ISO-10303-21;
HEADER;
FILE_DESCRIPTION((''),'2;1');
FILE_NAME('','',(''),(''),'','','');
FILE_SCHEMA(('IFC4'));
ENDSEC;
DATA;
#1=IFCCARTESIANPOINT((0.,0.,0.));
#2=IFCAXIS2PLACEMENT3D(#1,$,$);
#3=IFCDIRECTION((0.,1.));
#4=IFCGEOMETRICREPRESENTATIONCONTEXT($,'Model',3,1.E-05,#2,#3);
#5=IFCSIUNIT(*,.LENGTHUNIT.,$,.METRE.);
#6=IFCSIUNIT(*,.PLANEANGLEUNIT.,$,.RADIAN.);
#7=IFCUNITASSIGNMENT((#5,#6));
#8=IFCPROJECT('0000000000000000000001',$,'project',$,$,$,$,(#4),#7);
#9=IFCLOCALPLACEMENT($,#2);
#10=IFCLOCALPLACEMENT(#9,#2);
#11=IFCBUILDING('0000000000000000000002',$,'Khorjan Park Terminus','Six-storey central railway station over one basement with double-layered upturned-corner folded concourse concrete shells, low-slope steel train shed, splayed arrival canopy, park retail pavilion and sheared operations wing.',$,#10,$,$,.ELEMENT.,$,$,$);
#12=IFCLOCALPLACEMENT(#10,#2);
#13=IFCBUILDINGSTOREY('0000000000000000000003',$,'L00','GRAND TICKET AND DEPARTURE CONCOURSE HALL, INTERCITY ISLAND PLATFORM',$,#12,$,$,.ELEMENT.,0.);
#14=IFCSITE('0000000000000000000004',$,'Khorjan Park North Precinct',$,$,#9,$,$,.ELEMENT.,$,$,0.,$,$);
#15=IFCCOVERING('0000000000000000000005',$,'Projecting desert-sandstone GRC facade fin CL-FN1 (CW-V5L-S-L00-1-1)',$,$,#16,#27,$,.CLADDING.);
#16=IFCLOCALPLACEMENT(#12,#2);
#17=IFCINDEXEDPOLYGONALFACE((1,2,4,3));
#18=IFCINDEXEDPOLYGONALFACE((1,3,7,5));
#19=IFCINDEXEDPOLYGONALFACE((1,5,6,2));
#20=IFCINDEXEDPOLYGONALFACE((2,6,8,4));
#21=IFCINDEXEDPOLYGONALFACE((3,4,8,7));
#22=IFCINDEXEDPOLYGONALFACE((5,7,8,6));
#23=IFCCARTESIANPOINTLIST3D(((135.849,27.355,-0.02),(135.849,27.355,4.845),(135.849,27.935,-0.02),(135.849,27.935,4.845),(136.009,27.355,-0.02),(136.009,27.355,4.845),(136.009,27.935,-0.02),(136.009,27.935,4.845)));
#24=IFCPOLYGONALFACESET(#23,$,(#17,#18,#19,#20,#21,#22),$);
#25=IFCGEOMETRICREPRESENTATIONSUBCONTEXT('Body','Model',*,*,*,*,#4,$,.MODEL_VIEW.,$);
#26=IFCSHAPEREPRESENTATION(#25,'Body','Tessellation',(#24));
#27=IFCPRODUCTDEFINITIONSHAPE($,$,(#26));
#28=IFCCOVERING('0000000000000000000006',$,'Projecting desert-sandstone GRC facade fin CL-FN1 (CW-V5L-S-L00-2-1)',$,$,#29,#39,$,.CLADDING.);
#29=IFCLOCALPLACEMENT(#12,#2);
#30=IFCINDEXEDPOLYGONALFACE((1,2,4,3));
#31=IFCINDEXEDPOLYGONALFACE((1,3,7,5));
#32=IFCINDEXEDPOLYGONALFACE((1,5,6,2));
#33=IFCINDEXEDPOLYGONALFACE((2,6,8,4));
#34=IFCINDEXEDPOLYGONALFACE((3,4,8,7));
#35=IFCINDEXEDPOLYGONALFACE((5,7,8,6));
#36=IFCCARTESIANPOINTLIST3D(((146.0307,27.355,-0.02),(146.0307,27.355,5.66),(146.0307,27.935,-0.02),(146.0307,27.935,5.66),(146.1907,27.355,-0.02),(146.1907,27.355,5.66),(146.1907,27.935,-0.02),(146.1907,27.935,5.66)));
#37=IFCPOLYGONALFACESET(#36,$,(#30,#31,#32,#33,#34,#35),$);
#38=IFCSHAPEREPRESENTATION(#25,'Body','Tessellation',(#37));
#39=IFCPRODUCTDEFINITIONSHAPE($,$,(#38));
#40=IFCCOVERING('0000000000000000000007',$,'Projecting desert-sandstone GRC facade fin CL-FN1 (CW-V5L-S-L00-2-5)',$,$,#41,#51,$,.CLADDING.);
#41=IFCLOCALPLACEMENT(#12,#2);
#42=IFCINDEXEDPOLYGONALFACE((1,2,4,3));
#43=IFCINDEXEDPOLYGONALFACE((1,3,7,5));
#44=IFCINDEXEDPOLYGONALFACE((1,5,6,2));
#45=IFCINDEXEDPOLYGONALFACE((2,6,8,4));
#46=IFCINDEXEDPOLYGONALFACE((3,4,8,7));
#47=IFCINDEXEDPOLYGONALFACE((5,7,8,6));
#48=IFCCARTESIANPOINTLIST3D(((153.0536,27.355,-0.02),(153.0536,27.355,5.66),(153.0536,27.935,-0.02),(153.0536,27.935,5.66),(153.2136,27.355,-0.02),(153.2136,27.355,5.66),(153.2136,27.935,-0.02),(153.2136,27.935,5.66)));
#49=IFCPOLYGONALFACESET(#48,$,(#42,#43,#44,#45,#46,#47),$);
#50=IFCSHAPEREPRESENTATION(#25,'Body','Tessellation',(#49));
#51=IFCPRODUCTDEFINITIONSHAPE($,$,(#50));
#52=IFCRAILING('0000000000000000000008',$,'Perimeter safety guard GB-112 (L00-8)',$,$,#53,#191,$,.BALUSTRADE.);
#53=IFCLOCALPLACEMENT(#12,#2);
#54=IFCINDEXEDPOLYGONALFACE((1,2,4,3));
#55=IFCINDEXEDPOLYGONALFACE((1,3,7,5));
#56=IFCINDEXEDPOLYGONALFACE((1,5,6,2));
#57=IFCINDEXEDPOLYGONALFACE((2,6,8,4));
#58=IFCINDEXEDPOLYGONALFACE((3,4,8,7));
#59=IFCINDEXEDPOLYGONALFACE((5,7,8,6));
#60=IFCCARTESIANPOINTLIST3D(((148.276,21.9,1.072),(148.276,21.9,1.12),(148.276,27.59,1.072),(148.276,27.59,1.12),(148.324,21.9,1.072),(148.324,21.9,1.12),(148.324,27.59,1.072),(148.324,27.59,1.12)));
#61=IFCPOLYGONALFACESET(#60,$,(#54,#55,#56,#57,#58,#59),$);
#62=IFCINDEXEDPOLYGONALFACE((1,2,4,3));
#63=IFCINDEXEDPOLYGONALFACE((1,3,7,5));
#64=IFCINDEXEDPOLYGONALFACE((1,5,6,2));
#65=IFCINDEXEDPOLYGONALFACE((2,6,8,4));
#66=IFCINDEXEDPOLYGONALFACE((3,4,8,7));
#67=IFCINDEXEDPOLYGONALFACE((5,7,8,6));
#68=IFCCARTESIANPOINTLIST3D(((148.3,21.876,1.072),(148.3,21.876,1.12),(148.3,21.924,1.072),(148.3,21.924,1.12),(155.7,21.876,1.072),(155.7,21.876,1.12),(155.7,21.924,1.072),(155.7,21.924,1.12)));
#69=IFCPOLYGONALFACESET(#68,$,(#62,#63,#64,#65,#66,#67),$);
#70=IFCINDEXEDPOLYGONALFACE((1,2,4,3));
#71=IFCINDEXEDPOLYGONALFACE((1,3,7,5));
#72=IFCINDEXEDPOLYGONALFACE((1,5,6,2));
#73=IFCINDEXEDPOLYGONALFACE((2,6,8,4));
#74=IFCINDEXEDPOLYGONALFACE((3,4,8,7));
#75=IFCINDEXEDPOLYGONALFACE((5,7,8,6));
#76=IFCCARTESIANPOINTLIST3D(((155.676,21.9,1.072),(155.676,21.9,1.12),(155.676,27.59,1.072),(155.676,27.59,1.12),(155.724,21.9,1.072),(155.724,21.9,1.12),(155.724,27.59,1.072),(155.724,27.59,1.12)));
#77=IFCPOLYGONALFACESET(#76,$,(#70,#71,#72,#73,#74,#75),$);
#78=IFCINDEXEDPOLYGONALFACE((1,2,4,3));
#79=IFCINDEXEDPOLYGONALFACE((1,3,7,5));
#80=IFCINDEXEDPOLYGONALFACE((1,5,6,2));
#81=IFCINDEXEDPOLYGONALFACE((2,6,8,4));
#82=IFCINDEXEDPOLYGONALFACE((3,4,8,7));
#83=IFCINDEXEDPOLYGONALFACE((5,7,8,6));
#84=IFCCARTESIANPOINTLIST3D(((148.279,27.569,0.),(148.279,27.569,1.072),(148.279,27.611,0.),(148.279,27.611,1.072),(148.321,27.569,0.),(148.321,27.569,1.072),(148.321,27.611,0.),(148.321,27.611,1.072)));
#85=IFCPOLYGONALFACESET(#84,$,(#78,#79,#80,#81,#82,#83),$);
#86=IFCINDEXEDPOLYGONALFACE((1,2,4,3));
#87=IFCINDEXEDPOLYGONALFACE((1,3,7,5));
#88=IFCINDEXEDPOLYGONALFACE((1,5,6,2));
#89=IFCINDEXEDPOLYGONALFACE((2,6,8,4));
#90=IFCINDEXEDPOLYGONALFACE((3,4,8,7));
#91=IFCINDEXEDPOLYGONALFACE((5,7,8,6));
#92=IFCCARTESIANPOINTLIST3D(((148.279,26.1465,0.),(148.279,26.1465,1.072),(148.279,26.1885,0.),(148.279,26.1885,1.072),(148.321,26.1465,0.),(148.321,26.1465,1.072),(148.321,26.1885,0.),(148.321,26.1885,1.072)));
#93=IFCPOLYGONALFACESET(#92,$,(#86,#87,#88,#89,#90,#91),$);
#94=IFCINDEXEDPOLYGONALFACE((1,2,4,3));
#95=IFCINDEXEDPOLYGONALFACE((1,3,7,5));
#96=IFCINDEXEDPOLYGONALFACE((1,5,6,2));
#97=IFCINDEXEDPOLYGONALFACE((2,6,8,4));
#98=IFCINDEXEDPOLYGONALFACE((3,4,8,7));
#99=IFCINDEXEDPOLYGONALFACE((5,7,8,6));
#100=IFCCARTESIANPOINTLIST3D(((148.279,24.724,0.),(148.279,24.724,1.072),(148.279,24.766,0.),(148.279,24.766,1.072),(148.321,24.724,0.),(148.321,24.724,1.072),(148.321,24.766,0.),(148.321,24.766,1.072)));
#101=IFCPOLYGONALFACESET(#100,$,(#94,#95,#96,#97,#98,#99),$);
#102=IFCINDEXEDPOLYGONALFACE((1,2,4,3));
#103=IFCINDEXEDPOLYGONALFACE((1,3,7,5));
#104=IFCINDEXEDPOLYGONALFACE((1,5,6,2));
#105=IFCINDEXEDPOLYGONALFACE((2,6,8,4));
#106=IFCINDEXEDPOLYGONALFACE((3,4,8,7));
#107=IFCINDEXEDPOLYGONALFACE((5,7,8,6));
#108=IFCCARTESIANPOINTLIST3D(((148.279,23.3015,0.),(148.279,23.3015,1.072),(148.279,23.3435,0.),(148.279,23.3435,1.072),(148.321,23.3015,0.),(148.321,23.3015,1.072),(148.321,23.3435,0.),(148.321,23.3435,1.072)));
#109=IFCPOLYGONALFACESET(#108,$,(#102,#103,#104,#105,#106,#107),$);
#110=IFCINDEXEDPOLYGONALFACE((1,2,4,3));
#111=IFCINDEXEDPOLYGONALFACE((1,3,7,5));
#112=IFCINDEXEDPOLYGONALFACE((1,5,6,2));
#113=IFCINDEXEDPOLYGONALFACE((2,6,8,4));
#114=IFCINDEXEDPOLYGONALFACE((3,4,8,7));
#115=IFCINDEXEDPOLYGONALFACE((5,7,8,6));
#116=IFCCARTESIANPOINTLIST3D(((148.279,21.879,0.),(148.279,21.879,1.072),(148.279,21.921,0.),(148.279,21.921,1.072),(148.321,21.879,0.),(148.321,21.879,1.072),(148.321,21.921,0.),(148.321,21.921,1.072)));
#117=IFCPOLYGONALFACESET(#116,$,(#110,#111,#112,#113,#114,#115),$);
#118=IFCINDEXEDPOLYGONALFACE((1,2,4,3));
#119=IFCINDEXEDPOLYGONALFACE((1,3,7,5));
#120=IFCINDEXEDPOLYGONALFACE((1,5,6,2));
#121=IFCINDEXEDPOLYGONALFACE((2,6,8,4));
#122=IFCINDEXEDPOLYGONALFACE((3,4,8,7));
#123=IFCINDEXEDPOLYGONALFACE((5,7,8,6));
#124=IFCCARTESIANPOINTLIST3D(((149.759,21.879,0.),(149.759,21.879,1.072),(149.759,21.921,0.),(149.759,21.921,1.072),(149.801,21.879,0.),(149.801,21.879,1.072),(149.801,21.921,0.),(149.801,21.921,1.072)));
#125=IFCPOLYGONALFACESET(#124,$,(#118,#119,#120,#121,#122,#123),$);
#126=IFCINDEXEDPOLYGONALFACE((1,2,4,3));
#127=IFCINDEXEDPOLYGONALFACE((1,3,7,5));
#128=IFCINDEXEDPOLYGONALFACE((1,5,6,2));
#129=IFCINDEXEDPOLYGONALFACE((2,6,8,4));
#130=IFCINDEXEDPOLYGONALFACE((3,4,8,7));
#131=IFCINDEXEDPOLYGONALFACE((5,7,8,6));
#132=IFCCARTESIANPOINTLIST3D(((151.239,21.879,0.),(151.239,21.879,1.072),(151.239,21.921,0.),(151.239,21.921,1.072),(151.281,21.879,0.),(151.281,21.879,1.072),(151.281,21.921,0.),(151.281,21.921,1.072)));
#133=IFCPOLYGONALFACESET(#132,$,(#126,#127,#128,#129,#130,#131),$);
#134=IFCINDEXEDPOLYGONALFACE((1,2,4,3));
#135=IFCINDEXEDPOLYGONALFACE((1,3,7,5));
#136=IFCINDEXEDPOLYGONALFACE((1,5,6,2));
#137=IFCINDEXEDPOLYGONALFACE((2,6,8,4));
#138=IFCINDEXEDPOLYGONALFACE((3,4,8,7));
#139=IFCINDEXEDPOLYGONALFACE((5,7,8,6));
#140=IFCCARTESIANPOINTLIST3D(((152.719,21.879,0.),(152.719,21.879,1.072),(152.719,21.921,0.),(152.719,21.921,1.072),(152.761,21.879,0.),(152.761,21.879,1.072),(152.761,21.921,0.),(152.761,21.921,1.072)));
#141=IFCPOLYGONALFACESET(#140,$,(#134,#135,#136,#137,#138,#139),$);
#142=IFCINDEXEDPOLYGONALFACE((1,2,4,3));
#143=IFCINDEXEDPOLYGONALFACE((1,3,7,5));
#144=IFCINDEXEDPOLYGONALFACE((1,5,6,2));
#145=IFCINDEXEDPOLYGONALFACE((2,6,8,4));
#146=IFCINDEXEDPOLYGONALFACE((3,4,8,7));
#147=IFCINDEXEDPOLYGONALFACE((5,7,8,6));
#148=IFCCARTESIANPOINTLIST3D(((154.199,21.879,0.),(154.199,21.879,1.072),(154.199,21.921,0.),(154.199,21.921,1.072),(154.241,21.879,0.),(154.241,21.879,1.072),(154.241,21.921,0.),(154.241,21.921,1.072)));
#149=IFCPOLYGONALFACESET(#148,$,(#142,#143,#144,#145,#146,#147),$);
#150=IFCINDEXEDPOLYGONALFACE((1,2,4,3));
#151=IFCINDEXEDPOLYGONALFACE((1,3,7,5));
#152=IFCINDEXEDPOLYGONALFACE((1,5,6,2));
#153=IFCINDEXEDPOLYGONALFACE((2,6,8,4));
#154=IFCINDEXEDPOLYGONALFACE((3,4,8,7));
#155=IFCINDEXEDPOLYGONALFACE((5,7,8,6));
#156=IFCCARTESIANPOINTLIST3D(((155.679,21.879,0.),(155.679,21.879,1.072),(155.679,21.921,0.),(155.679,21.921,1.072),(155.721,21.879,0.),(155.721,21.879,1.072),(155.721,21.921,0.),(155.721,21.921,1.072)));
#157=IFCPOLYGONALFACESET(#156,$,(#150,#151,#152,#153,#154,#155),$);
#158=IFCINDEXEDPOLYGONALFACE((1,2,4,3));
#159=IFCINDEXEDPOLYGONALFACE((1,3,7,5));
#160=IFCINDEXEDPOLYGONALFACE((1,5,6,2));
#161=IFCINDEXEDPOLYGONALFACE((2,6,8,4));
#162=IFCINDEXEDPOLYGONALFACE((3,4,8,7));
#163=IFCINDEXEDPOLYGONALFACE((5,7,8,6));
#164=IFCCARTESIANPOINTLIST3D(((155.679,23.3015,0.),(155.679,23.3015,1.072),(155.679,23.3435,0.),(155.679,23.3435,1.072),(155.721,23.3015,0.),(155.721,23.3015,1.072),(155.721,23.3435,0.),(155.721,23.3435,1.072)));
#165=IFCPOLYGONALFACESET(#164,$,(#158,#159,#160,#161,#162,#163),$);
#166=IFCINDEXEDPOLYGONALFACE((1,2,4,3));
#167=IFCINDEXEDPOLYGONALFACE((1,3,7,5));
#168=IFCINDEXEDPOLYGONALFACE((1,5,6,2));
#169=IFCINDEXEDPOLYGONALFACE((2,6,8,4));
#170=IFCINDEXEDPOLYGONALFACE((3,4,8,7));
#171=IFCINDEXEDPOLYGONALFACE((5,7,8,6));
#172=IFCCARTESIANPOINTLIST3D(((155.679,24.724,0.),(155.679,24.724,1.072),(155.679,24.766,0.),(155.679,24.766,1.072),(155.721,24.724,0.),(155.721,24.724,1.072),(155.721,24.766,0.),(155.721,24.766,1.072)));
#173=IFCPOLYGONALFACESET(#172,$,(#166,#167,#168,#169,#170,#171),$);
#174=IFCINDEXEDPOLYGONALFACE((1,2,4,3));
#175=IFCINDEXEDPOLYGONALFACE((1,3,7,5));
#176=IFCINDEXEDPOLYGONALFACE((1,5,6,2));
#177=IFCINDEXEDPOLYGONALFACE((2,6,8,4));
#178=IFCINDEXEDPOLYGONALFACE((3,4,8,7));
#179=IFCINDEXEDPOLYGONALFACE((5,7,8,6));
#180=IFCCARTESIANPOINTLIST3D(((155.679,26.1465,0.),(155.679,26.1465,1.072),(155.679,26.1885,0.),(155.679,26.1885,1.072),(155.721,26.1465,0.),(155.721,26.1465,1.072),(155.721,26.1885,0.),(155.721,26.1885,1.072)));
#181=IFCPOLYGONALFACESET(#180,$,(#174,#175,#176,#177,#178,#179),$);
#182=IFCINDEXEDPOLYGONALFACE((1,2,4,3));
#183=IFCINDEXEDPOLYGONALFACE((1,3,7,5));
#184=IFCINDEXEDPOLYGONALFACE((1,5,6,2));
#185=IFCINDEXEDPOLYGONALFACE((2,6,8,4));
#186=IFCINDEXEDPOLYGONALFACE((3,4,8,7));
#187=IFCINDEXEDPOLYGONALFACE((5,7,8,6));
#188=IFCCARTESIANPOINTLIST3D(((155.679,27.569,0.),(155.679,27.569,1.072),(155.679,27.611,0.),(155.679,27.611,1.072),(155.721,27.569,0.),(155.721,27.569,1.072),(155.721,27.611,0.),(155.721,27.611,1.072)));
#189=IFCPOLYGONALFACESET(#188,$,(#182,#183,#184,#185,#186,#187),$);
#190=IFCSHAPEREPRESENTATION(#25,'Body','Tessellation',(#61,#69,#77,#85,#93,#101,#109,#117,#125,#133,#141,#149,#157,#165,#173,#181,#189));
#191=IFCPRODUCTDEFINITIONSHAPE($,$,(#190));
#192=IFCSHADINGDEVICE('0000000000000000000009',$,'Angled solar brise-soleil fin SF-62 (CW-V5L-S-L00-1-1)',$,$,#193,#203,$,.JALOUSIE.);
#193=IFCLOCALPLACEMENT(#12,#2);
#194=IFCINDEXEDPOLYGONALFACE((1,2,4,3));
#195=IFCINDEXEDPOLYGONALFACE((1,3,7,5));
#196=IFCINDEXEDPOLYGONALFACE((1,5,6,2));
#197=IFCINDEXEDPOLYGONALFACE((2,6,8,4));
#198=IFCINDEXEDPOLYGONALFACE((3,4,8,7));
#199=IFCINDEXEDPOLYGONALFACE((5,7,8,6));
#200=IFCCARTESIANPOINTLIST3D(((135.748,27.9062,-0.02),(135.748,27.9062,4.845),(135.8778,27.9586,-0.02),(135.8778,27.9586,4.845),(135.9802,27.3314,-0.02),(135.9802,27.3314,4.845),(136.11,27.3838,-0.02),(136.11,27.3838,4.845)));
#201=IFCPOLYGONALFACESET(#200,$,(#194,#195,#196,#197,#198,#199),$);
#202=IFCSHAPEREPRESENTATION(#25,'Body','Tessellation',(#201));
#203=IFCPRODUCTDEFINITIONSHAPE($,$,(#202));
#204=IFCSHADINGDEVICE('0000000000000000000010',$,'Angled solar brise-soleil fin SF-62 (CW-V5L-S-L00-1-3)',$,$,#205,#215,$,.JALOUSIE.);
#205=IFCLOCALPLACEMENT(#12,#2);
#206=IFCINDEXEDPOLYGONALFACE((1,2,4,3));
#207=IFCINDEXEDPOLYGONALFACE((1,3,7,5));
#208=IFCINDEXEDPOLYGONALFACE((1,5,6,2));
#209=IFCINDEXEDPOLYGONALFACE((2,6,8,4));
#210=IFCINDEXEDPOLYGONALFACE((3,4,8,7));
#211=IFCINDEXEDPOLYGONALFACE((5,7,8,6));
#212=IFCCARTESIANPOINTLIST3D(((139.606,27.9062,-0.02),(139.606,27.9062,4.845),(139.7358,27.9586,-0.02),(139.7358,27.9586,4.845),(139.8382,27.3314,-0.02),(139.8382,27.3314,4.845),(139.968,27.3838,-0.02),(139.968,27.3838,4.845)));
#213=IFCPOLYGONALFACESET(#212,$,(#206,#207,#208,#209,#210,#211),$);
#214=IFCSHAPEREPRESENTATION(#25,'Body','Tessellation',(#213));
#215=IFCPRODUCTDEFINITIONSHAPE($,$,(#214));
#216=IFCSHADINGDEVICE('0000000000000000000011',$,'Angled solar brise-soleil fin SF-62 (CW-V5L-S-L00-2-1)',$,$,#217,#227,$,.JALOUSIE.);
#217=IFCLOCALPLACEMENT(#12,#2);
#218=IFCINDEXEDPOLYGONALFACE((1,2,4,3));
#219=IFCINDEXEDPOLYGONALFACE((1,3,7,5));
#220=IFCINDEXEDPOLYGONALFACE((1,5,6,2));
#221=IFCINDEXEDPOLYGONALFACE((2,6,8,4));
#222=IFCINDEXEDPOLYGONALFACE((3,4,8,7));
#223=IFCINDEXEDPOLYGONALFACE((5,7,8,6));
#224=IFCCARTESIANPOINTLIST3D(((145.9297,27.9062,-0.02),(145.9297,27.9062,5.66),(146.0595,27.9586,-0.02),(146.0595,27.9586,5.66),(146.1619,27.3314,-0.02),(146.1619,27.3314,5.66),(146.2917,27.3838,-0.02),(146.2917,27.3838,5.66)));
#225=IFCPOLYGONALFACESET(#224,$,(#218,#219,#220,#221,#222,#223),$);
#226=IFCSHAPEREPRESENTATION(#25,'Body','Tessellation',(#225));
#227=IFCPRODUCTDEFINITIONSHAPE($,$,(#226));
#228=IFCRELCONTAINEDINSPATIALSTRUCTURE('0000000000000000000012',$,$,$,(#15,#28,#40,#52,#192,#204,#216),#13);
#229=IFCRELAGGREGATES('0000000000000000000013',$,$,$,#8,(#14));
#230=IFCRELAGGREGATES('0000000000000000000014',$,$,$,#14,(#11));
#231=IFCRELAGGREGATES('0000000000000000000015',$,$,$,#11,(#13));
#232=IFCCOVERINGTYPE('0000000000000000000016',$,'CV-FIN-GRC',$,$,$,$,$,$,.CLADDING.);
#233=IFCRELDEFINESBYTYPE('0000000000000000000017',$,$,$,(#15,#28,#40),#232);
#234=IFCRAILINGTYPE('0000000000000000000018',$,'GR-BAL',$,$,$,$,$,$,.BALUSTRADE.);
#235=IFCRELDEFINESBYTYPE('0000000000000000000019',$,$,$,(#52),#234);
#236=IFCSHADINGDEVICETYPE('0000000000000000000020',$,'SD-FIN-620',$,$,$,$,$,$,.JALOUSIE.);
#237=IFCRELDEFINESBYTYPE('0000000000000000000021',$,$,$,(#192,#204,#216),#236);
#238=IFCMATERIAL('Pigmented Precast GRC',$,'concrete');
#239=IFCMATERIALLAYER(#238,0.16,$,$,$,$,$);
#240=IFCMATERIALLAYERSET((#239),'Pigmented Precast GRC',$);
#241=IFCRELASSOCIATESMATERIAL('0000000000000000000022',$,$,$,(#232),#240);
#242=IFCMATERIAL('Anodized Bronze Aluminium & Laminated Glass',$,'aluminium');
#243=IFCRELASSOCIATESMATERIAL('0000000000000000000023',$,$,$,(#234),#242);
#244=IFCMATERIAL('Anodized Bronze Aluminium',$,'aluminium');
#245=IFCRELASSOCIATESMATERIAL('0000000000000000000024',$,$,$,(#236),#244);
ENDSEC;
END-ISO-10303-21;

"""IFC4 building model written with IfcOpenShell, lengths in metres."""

from ifc_helpers import new_model, si_unit, direction, frame, origin, origin_2d, place, context, subcontext, project, spatial, rectangle, extrude, material, layer, layer_set, type_object, element, save


model = new_model("IFC4")

# Units and contexts
model_context = context("Model", 3, precision=1e-05, world=origin(), true_north=direction((0.0, 1.0)))
body_context = subcontext(model_context, "Body", "Model", "MODEL_VIEW")
ifc_project = project(units=[si_unit("LENGTHUNIT", "METRE"), si_unit("PLANEANGLEUNIT", "RADIAN")], contexts=[model_context])

# Site, building, storey
site_placement = place(None, origin())
site = spatial("IfcSite", under=ifc_project, at=site_placement, Name="Khorjan Park North Precinct", CompositionType="ELEMENT", RefElevation=0.0)
building_placement = place(site_placement, origin())
building = spatial("IfcBuilding", under=site, at=building_placement, Name="Khorjan Park Terminus", Description="Six-storey central railway station over one basement with double-layered upturned-corner folded concourse concrete shells, low-slope steel train shed, splayed arrival canopy, park retail pavilion and sheared operations wing.", CompositionType="ELEMENT")
storey_placement = place(building_placement, origin())
storey = spatial("IfcBuildingStorey", under=building, at=storey_placement, Name="L00", Description="GRAND TICKET AND DEPARTURE CONCOURSE HALL, INTERCITY ISLAND PLATFORM", CompositionType="ELEMENT", Elevation=0.0)

# Shared definitions
ifc_material_1 = material(Name="Anodized Bronze Aluminium", Category="aluminium")

# Coverings
ifc_material_2 = material(Name="Pigmented Precast GRC", Category="concrete")
ifc_layer_1 = layer(ifc_material_2, 0.16)
ifc_layer_set_1 = layer_set([ifc_layer_1], Name="Pigmented Precast GRC")
covering_type = type_object("IfcCoveringType", Name="CV-FIN-GRC", PredefinedType="CLADDING", material=ifc_layer_set_1)
covering_placement = place(storey_placement, frame((135.929, 27.645, -0.02), z_axis=(0.0, 0.0, 1.0), x_axis=(0.0, 1.0, 0.0)))
element("IfcCovering", 1, at=covering_placement, inside=storey, type_object=covering_type, Name="Projecting desert-sandstone GRC facade fin CL-FN1 (CW-V5L-S-L00-1-1)", PredefinedType="CLADDING", context=body_context, shape_type="SweptSolid", body=[
    extrude(rectangle(XDim=0.58, YDim=0.16, at=origin_2d()), origin(), (0.0, 0.0, 1.0), 4.865),
])
for number, where, z_axis, x_axis, name in (
    (2, (146.1107, 27.645, -0.02), (0.0, 0.0, 1.0), (0.0, 1.0, 0.0), "Projecting desert-sandstone GRC facade fin CL-FN1 (CW-V5L-S-L00-2-1)"),
    (3, (153.1336, 27.645, -0.02), (0.0, 0.0, 1.0), (0.0, 1.0, 0.0), "Projecting desert-sandstone GRC facade fin CL-FN1 (CW-V5L-S-L00-2-5)"),
):
    element("IfcCovering", number, at=place(storey_placement, frame(where, z_axis=z_axis, x_axis=x_axis)), inside=storey, type_object=covering_type, Name=name, PredefinedType="CLADDING", context=body_context, shape_type="SweptSolid", body=[
        extrude(rectangle(XDim=0.58, YDim=0.16, at=origin_2d()), origin(), (0.0, 0.0, 1.0), 5.68),
    ])

# Railing
ifc_material_3 = material(Name="Anodized Bronze Aluminium & Laminated Glass", Category="aluminium")
railing_type = type_object("IfcRailingType", Name="GR-BAL", PredefinedType="BALUSTRADE", material=ifc_material_3)
railing_placement = place(storey_placement, frame((148.3, 27.59, 0.0)))
element("IfcRailing", 4, at=railing_placement, inside=storey, type_object=railing_type, Name="Perimeter safety guard GB-112 (L00-8)", PredefinedType="BALUSTRADE", context=body_context, shape_type="SweptSolid", body=[
    extrude(rectangle(XDim=0.048, YDim=0.048, at=origin_2d()), frame((0.0, 0.0, 1.096), z_axis=(0.0, -1.0, 0.0), x_axis=(1.0, 0.0, 0.0)), (0.0, 0.0, 1.0), 5.69),
    extrude(rectangle(XDim=0.048, YDim=0.048, at=origin_2d()), frame((0.0, -5.69, 1.096), z_axis=(1.0, 0.0, 0.0), x_axis=(0.0, 1.0, 0.0)), (0.0, 0.0, 1.0), 7.4),
    extrude(rectangle(XDim=0.048, YDim=0.048, at=origin_2d()), frame((7.4, -5.69, 1.096), z_axis=(0.0, 1.0, 0.0), x_axis=(-1.0, 0.0, 0.0)), (0.0, 0.0, 1.0), 5.69),
    extrude(rectangle(XDim=0.042, YDim=0.042, at=origin_2d()), origin(), (0.0, 0.0, 1.0), 1.072),
    extrude(rectangle(XDim=0.042, YDim=0.042, at=origin_2d()), frame((0.0, -1.4225, 0.0)), (0.0, 0.0, 1.0), 1.072),
    extrude(rectangle(XDim=0.042, YDim=0.042, at=origin_2d()), frame((0.0, -2.845, 0.0)), (0.0, 0.0, 1.0), 1.072),
    extrude(rectangle(XDim=0.042, YDim=0.042, at=origin_2d()), frame((0.0, -4.2675, 0.0)), (0.0, 0.0, 1.0), 1.072),
    extrude(rectangle(XDim=0.042, YDim=0.042, at=origin_2d()), frame((0.0, -5.69, 0.0)), (0.0, 0.0, 1.0), 1.072),
    extrude(rectangle(XDim=0.042, YDim=0.042, at=origin_2d()), frame((1.48, -5.69, 0.0)), (0.0, 0.0, 1.0), 1.072),
    extrude(rectangle(XDim=0.042, YDim=0.042, at=origin_2d()), frame((2.96, -5.69, 0.0)), (0.0, 0.0, 1.0), 1.072),
    extrude(rectangle(XDim=0.042, YDim=0.042, at=origin_2d()), frame((4.44, -5.69, 0.0)), (0.0, 0.0, 1.0), 1.072),
    extrude(rectangle(XDim=0.042, YDim=0.042, at=origin_2d()), frame((5.92, -5.69, 0.0)), (0.0, 0.0, 1.0), 1.072),
    extrude(rectangle(XDim=0.042, YDim=0.042, at=origin_2d()), frame((7.4, -5.69, 0.0)), (0.0, 0.0, 1.0), 1.072),
    extrude(rectangle(XDim=0.042, YDim=0.042, at=origin_2d()), frame((7.4, -4.2675, 0.0)), (0.0, 0.0, 1.0), 1.072),
    extrude(rectangle(XDim=0.042, YDim=0.042, at=origin_2d()), frame((7.4, -2.845, 0.0)), (0.0, 0.0, 1.0), 1.072),
    extrude(rectangle(XDim=0.042, YDim=0.042, at=origin_2d()), frame((7.4, -1.4225, 0.0)), (0.0, 0.0, 1.0), 1.072),
    extrude(rectangle(XDim=0.042, YDim=0.042, at=origin_2d()), frame((7.4, 0.0, 0.0)), (0.0, 0.0, 1.0), 1.072),
])

# Shading devices
shading_device_type = type_object("IfcShadingDeviceType", Name="SD-FIN-620", PredefinedType="JALOUSIE", material=ifc_material_1)
for number, where, z_axis, x_axis, name in (
    (5, (135.929, 27.645, -0.02), (0.0, 0.0, 1.0), (-0.374607, 0.927184, 0.0), "Angled solar brise-soleil fin SF-62 (CW-V5L-S-L00-1-1)"),
    (6, (139.787, 27.645, -0.02), (0.0, 0.0, 1.0), (-0.374607, 0.927184, 0.0), "Angled solar brise-soleil fin SF-62 (CW-V5L-S-L00-1-3)"),
):
    element("IfcShadingDevice", number, at=place(storey_placement, frame(where, z_axis=z_axis, x_axis=x_axis)), inside=storey, type_object=shading_device_type, Name=name, PredefinedType="JALOUSIE", context=body_context, shape_type="SweptSolid", body=[
        extrude(rectangle(XDim=0.62, YDim=0.14, at=origin_2d()), origin(), (0.0, 0.0, 1.0), 4.865),
    ])
for number, where, z_axis, x_axis, name in (
    (7, (146.1107, 27.645, -0.02), (0.0, 0.0, 1.0), (-0.374607, 0.927184, 0.0), "Angled solar brise-soleil fin SF-62 (CW-V5L-S-L00-2-1)"),
):
    element("IfcShadingDevice", number, at=place(storey_placement, frame(where, z_axis=z_axis, x_axis=x_axis)), inside=storey, type_object=shading_device_type, Name=name, PredefinedType="JALOUSIE", context=body_context, shape_type="SweptSolid", body=[
        extrude(rectangle(XDim=0.62, YDim=0.14, at=origin_2d()), origin(), (0.0, 0.0, 1.0), 5.68),
    ])

save(model, "model.ifc")
